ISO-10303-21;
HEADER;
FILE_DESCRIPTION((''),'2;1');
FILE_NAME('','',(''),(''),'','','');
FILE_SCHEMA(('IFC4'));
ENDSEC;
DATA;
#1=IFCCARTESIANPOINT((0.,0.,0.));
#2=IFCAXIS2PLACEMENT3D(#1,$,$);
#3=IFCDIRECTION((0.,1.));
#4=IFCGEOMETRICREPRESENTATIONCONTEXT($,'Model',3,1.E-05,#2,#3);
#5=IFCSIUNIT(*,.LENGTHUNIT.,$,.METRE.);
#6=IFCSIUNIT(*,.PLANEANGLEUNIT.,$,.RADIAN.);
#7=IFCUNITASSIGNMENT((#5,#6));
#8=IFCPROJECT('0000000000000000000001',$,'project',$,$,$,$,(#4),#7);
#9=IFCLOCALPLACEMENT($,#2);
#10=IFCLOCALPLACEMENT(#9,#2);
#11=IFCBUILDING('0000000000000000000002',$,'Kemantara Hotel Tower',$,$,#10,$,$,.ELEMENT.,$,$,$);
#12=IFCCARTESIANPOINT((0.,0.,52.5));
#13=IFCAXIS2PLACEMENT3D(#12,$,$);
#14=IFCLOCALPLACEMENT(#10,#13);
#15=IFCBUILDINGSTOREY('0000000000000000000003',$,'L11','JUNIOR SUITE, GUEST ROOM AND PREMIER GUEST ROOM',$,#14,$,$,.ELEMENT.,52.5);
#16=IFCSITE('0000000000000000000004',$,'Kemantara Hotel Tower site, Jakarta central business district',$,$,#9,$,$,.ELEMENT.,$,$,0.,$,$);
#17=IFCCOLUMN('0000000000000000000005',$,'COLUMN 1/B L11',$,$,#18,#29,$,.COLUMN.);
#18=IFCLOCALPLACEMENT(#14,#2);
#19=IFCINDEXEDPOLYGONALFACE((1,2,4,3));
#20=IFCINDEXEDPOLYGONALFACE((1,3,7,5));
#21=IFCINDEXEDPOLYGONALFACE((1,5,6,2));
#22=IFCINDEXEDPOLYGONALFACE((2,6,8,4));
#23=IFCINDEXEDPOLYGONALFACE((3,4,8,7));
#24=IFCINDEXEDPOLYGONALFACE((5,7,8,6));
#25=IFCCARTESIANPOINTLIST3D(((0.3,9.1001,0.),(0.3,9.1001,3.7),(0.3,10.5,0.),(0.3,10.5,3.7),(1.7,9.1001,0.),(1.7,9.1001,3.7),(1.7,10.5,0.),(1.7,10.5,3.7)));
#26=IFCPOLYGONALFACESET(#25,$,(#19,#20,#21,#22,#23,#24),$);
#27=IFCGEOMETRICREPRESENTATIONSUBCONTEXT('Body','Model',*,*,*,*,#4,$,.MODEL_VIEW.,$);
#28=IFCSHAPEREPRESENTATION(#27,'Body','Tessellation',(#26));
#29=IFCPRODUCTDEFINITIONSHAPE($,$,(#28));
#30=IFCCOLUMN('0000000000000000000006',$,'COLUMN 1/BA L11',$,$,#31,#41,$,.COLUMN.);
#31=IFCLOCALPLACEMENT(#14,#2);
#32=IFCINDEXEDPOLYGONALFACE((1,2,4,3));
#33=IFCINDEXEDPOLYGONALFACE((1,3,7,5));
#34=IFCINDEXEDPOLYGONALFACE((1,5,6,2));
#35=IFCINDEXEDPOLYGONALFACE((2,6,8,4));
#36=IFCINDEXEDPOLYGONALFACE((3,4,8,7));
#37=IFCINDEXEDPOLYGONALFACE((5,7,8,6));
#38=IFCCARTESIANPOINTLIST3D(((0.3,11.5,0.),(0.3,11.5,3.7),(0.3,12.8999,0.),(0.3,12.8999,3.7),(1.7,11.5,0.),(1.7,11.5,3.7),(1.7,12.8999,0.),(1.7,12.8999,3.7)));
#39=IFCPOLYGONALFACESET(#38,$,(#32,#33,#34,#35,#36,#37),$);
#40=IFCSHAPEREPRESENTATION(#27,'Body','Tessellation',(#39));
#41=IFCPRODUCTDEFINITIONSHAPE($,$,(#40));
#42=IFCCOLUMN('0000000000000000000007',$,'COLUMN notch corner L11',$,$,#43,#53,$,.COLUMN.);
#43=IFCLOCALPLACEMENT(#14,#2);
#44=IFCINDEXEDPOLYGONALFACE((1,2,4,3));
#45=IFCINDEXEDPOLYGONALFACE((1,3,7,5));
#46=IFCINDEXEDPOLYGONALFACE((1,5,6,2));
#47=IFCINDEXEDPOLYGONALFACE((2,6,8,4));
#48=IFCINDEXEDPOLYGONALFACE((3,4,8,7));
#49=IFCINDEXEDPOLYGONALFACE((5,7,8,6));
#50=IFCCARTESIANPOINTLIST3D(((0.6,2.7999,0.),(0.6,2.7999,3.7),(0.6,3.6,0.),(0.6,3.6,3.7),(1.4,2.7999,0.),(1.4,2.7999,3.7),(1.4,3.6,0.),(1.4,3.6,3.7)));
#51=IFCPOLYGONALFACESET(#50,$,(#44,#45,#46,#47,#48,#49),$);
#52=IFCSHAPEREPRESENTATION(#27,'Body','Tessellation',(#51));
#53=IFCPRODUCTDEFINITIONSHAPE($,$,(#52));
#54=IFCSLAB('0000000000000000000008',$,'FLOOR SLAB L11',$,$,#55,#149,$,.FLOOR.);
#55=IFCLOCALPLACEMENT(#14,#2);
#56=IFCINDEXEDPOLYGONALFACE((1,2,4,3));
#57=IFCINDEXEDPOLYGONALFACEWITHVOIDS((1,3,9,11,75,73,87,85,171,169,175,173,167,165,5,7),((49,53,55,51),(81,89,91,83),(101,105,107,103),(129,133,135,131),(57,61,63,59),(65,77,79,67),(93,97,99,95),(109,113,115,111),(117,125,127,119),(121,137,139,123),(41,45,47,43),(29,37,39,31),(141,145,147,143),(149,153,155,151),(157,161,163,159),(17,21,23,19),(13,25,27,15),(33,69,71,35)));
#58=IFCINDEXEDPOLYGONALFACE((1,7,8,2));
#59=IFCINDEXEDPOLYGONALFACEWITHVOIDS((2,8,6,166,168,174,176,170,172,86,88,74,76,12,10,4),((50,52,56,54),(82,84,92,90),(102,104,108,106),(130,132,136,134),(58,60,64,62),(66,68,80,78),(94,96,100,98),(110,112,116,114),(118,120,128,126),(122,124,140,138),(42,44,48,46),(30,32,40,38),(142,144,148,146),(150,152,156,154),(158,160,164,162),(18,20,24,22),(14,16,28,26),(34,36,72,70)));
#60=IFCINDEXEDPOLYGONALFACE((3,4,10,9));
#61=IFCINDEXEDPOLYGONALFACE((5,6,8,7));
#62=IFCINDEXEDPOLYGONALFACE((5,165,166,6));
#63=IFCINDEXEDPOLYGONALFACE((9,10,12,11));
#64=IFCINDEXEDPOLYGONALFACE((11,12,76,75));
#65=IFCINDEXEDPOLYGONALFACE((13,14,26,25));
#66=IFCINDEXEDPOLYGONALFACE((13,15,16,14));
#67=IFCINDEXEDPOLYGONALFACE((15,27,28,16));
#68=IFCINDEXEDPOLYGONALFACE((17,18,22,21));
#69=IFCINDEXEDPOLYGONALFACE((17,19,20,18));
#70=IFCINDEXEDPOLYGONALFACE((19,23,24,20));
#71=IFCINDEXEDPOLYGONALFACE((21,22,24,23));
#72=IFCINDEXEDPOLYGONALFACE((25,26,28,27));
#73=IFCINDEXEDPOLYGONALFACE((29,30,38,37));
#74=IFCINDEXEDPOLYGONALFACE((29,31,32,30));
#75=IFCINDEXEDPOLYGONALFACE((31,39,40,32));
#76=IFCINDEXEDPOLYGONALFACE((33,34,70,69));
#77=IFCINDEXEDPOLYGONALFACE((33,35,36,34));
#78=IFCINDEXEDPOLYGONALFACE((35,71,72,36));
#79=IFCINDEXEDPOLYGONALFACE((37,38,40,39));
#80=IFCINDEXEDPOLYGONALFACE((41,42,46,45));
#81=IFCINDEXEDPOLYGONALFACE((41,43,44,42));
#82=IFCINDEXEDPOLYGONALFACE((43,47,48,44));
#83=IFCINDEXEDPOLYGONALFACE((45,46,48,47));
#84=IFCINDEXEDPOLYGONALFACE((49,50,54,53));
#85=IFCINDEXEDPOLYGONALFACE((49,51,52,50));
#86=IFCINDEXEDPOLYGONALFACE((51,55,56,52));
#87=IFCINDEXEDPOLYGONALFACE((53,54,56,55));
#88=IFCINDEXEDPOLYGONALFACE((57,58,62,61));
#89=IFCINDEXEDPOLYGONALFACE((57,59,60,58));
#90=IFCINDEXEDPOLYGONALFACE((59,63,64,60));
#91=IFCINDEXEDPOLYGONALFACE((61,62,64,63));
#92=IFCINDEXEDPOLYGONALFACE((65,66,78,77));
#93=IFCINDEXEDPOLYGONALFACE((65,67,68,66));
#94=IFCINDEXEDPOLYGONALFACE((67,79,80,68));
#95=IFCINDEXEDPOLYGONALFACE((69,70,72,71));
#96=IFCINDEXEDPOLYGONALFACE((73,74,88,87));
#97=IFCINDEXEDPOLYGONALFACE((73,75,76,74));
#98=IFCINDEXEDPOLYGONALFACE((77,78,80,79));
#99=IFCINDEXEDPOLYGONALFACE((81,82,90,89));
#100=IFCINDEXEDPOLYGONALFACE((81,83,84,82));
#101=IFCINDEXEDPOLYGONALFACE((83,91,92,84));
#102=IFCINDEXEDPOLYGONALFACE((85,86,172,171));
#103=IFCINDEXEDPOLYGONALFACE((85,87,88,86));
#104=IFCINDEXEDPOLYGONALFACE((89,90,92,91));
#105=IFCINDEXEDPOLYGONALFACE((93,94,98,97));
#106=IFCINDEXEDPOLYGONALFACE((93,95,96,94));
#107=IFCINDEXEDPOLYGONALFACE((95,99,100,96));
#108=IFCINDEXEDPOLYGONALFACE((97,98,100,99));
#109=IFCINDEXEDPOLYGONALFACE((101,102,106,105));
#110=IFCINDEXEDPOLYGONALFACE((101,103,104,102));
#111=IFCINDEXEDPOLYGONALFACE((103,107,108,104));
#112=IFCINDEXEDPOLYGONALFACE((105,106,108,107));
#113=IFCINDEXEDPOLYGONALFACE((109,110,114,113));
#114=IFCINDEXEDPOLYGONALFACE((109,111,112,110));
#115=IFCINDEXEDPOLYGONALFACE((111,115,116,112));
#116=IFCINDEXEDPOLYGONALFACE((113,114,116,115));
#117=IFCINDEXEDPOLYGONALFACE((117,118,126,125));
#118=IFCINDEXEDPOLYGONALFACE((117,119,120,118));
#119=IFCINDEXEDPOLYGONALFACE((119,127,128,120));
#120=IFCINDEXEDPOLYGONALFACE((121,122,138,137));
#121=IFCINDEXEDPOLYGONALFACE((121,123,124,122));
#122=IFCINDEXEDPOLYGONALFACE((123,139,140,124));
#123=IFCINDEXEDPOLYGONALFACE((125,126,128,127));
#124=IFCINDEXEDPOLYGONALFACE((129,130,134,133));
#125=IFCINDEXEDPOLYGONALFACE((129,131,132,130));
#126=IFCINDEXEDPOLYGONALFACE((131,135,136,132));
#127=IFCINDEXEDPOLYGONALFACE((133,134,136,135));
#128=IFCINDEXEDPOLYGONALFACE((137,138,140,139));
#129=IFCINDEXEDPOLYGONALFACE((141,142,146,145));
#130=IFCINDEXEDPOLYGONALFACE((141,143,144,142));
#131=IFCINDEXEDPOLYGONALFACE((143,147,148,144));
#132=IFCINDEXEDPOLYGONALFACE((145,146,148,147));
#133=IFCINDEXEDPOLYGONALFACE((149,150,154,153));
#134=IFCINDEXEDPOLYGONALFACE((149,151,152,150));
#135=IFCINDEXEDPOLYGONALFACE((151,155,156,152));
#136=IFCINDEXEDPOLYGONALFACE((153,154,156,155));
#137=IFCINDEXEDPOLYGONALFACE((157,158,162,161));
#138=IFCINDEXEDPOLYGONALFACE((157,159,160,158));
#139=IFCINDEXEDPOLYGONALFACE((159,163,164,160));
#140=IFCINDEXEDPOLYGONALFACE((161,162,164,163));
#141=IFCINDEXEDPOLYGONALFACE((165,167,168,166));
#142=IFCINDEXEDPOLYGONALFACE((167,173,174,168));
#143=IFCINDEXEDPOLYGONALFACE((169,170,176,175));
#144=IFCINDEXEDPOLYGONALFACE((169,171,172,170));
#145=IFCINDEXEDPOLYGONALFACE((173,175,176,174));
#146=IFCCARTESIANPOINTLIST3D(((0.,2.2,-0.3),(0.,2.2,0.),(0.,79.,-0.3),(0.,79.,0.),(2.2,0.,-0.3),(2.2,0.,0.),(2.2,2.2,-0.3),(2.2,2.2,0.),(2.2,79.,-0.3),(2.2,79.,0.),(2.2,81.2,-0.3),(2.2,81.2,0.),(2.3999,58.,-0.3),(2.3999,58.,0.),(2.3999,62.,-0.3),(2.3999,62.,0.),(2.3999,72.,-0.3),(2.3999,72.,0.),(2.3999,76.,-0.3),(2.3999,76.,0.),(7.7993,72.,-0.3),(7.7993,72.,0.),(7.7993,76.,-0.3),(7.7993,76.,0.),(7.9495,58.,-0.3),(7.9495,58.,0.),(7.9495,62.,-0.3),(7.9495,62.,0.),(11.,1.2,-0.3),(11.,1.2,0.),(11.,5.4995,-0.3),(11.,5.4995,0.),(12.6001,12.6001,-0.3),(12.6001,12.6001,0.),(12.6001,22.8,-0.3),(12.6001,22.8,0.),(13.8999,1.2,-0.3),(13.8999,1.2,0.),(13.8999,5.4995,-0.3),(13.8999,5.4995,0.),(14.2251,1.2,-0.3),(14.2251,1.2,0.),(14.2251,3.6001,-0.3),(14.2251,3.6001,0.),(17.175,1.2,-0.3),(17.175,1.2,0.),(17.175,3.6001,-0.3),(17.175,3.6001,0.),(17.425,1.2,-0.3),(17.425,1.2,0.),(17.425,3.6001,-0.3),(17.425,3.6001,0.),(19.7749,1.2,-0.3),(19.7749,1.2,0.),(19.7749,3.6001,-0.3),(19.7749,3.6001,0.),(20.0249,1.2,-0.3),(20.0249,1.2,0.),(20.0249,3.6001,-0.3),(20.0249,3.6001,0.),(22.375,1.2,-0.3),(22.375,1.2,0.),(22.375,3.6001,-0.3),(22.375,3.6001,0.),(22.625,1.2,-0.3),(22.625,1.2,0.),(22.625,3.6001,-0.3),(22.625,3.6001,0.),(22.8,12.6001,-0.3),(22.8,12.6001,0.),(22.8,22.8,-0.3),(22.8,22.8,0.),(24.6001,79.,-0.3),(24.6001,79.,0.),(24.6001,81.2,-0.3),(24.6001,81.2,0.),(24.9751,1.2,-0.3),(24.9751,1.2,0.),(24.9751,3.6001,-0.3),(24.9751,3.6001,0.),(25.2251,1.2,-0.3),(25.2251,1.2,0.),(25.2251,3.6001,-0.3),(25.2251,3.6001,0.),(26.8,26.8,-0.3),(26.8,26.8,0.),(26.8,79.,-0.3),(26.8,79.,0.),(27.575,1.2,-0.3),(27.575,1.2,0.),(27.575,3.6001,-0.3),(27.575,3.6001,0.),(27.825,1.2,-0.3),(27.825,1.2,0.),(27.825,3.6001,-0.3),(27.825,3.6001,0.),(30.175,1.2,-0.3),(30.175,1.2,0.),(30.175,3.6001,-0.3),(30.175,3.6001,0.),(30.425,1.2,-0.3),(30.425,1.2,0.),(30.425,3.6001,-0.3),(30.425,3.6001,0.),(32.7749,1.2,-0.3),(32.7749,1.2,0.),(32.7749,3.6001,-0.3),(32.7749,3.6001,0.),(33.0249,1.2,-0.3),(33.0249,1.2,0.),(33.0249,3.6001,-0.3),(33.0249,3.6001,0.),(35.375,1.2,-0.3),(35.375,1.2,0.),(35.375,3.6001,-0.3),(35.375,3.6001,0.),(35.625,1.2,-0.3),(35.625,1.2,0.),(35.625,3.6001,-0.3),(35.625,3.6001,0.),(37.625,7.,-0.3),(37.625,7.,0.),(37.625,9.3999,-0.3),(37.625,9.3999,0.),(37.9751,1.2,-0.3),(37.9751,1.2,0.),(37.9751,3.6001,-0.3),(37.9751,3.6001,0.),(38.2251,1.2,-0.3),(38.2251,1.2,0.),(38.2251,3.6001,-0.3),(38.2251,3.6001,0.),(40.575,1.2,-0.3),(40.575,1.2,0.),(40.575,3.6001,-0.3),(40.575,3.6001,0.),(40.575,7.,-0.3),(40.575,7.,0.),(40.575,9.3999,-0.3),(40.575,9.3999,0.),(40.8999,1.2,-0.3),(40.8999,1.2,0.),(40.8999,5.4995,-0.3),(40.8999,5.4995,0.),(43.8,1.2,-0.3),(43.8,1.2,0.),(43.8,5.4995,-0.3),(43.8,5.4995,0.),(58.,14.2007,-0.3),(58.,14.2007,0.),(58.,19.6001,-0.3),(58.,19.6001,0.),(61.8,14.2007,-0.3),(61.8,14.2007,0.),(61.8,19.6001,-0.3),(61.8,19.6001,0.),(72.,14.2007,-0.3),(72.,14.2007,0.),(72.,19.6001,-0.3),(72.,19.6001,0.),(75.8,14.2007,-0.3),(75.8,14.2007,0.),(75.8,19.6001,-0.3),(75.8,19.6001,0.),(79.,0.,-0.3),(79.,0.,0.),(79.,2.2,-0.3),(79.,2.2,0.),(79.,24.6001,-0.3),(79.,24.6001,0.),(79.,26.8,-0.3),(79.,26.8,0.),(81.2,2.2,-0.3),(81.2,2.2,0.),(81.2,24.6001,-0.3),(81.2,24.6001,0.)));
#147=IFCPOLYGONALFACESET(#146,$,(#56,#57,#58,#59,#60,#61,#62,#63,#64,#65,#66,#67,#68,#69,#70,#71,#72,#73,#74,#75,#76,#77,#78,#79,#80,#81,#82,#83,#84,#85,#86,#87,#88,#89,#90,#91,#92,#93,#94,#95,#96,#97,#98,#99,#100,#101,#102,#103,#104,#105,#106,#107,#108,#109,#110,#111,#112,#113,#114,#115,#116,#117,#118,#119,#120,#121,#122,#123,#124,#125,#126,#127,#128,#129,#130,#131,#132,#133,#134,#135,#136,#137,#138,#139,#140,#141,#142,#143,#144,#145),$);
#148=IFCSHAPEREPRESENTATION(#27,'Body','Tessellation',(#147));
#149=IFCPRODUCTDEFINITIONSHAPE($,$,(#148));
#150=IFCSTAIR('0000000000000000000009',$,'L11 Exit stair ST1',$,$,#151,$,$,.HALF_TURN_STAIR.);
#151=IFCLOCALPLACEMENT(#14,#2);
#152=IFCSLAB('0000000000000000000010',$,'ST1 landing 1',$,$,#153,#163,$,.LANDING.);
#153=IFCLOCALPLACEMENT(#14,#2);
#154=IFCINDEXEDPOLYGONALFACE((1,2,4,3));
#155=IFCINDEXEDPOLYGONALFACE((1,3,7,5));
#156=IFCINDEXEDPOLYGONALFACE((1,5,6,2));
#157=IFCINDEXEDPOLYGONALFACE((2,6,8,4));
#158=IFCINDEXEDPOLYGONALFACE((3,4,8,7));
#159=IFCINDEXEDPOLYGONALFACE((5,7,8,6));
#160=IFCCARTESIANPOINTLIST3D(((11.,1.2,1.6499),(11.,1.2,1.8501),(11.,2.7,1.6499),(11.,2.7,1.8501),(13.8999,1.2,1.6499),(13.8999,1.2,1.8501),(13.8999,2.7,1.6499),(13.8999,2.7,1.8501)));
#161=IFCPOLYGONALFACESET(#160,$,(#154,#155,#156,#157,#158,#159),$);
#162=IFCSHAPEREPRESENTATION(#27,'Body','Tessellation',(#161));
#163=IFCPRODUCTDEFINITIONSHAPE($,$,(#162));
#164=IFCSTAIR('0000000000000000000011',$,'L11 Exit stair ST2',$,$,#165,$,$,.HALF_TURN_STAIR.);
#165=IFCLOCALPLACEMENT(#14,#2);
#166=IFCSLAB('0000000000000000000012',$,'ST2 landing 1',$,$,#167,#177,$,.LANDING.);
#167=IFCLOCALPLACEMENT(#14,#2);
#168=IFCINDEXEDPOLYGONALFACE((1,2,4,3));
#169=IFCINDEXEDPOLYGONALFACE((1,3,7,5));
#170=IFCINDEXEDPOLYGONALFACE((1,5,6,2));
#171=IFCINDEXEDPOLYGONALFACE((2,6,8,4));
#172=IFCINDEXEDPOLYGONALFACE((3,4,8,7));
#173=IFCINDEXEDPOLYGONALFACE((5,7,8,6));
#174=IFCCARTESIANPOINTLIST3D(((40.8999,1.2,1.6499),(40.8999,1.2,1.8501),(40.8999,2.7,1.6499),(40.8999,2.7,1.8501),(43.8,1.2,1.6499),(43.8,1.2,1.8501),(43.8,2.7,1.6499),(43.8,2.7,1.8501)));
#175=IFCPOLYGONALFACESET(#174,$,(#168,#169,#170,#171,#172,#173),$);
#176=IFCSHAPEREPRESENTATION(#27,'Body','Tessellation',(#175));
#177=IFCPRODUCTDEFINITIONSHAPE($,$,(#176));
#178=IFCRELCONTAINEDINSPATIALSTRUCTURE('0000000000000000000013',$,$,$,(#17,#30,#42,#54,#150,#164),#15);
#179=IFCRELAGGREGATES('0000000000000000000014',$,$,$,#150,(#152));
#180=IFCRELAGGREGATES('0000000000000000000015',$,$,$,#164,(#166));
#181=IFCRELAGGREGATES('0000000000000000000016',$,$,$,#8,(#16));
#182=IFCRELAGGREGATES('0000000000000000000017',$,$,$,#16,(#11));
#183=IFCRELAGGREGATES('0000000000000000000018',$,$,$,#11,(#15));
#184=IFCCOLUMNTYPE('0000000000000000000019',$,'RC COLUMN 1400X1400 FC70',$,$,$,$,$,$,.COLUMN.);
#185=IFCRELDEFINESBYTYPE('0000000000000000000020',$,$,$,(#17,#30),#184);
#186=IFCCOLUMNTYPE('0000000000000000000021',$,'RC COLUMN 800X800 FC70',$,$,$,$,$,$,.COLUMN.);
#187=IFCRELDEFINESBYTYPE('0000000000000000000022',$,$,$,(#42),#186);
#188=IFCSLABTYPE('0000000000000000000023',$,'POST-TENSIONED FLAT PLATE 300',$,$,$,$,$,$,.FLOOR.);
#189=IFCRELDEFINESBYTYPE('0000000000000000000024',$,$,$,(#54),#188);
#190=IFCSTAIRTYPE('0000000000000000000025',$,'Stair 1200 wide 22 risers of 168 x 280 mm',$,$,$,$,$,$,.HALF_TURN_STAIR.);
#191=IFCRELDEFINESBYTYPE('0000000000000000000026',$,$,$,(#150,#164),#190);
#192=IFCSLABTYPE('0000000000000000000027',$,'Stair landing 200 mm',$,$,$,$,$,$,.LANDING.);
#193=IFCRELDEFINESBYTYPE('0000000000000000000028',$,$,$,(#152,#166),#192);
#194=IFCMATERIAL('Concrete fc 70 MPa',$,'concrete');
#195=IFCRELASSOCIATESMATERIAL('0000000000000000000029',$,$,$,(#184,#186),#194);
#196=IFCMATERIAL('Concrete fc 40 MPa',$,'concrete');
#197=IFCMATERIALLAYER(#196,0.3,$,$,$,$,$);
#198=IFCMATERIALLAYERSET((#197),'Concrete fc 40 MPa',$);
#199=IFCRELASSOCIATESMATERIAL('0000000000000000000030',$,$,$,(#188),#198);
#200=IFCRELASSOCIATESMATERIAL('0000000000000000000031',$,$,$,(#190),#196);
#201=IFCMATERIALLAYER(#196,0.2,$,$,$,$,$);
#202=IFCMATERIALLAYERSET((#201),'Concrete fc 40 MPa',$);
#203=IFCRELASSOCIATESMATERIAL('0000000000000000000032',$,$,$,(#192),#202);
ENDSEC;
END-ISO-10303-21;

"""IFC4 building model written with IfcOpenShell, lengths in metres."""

from ifc_helpers import new_model, si_unit, direction, frame, origin, origin_2d, place, context, subcontext, project, spatial, polyline, rectangle, outline, extrude, material, layer, layer_set, material_profile, profile_set, type_object, element, aggregate, save


model = new_model("IFC4")

# Units and contexts
model_context = context("Model", 3, precision=1e-05, world=origin(), true_north=direction((0.0, 1.0)))
body_context = subcontext(model_context, "Body", "Model", "MODEL_VIEW")
ifc_project = project(units=[si_unit("LENGTHUNIT", "METRE"), si_unit("PLANEANGLEUNIT", "RADIAN")], contexts=[model_context])

# Site, building, storey
site_placement = place(None, origin())
site = spatial("IfcSite", under=ifc_project, at=site_placement, Name="Kemantara Hotel Tower site, Jakarta central business district", CompositionType="ELEMENT", RefElevation=0.0)
building_placement = place(site_placement, origin())
building = spatial("IfcBuilding", under=site, at=building_placement, Name="Kemantara Hotel Tower", CompositionType="ELEMENT")
storey_placement = place(building_placement, frame((0.0, 0.0, 52.5)))
storey = spatial("IfcBuildingStorey", under=building, at=storey_placement, Name="L11", Description="JUNIOR SUITE, GUEST ROOM AND PREMIER GUEST ROOM", CompositionType="ELEMENT", Elevation=52.5)

# Columns
ifc_material_1 = material(Name="Concrete fc 70 MPa", Category="concrete")
ifc_material_profile_1 = material_profile(ifc_material_1, rectangle(XDim=1.3999, YDim=1.3999, at=origin_2d()), Name="RC 1400X1400")
ifc_profile_set_1 = profile_set([ifc_material_profile_1], Name="Concrete fc 70 MPa")
column_type_1 = type_object("IfcColumnType", Name="RC COLUMN 1400X1400 FC70", PredefinedType="COLUMN", material=ifc_profile_set_1)
for number, where, z_axis, x_axis, name in (
    (1, (1.0, 9.8, 0.0), (0.0, 0.0, 1.0), (1.0, 0.0, 0.0), "COLUMN 1/B L11"),
    (2, (1.0, 12.2, 0.0), (0.0, 0.0, 1.0), (1.0, 0.0, 0.0), "COLUMN 1/BA L11"),
):
    element("IfcColumn", number, at=place(storey_placement, frame(where, z_axis=z_axis, x_axis=x_axis)), inside=storey, type_object=column_type_1, Name=name, PredefinedType="COLUMN", context=body_context, shape_type="SweptSolid", body=[
        extrude(rectangle(XDim=1.3999, YDim=1.3999, at=origin_2d()), origin(), (0.0, 0.0, 1.0), 3.7),
    ])
ifc_material_profile_2 = material_profile(ifc_material_1, rectangle(XDim=0.8, YDim=0.8, at=origin_2d()), Name="RC 800X800")
ifc_profile_set_2 = profile_set([ifc_material_profile_2], Name="Concrete fc 70 MPa")
column_type_2 = type_object("IfcColumnType", Name="RC COLUMN 800X800 FC70", PredefinedType="COLUMN", material=ifc_profile_set_2)
column_placement = place(storey_placement, frame((1.0, 3.2, 0.0), z_axis=(0.0, 0.0, 1.0), x_axis=(1.0, 0.0, 0.0)))
element("IfcColumn", 3, at=column_placement, inside=storey, type_object=column_type_2, Name="COLUMN notch corner L11", PredefinedType="COLUMN", context=body_context, shape_type="SweptSolid", body=[
    extrude(rectangle(XDim=0.8, YDim=0.8, at=origin_2d()), origin(), (0.0, 0.0, 1.0), 3.7),
])

# Slab
ifc_material_2 = material(Name="Concrete fc 40 MPa", Category="concrete")
ifc_layer_1 = layer(ifc_material_2, 0.3)
ifc_layer_set_1 = layer_set([ifc_layer_1], Name="Concrete fc 40 MPa")
slab_type_1 = type_object("IfcSlabType", Name="POST-TENSIONED FLAT PLATE 300", PredefinedType="FLOOR", material=ifc_layer_set_1)
slab_1_placement = place(storey_placement, frame((0.0, 0.0, -0.3)))
element("IfcSlab", 4, at=slab_1_placement, inside=storey, type_object=slab_type_1, Name="FLOOR SLAB L11", PredefinedType="FLOOR", context=body_context, shape_type="SweptSolid", body=[
    extrude(outline(polyline([(0.0, 2.2), (2.2, 2.2), (2.2, 0.0), (79.0, 0.0), (79.0, 2.2), (81.2, 2.2), (81.2, 24.6001), (79.0, 24.6001), (79.0, 26.8), (26.8, 26.8), (26.8, 79.0), (24.6001, 79.0), (24.6001, 81.2), (2.2, 81.2), (2.2, 79.0), (0.0, 79.0), (0.0, 2.2)]), holes=[polyline([(17.175, 1.2), (14.2251, 1.2), (14.2251, 3.6001), (17.175, 3.6001), (17.175, 1.2)]), polyline([(19.7749, 1.2), (17.425, 1.2), (17.425, 3.6001), (19.7749, 3.6001), (19.7749, 1.2)]), polyline([(22.375, 1.2), (20.0249, 1.2), (20.0249, 3.6001), (22.375, 3.6001), (22.375, 1.2)]), polyline([(24.9751, 1.2), (22.625, 1.2), (22.625, 3.6001), (24.9751, 3.6001), (24.9751, 1.2)]), polyline([(27.575, 1.2), (25.2251, 1.2), (25.2251, 3.6001), (27.575, 3.6001), (27.575, 1.2)]), polyline([(11.0, 1.2), (11.0, 5.4995), (13.8999, 5.4995), (13.8999, 1.2), (11.0, 1.2)]), polyline([(22.8, 12.6001), (12.6001, 12.6001), (12.6001, 22.8), (22.8, 22.8), (22.8, 12.6001)]), polyline([(7.9495, 62.0), (7.9495, 58.0), (2.3999, 58.0), (2.3999, 62.0), (7.9495, 62.0)]), polyline([(7.7993, 76.0), (7.7993, 72.0), (2.3999, 72.0), (2.3999, 76.0), (7.7993, 76.0)]), polyline([(30.175, 1.2), (27.825, 1.2), (27.825, 3.6001), (30.175, 3.6001), (30.175, 1.2)]), polyline([(32.7749, 1.2), (30.425, 1.2), (30.425, 3.6001), (32.7749, 3.6001), (32.7749, 1.2)]), polyline([(35.375, 1.2), (33.0249, 1.2), (33.0249, 3.6001), (35.375, 3.6001), (35.375, 1.2)]), polyline([(37.9751, 1.2), (35.625, 1.2), (35.625, 3.6001), (37.9751, 3.6001), (37.9751, 1.2)]), polyline([(40.575, 1.2), (38.2251, 1.2), (38.2251, 3.6001), (40.575, 3.6001), (40.575, 1.2)]), polyline([(40.8999, 1.2), (40.8999, 5.4995), (43.8, 5.4995), (43.8, 1.2), (40.8999, 1.2)]), polyline([(40.575, 7.0), (37.625, 7.0), (37.625, 9.3999), (40.575, 9.3999), (40.575, 7.0)]), polyline([(61.8, 14.2007), (58.0, 14.2007), (58.0, 19.6001), (61.8, 19.6001), (61.8, 14.2007)]), polyline([(75.8, 14.2007), (72.0, 14.2007), (72.0, 19.6001), (75.8, 19.6001), (75.8, 14.2007)])]), origin(), (0.0, 0.0, 1.0), 0.3),
])

# Stairs, slabs
stair_type_1 = type_object("IfcStairType", Name="Stair 1200 wide 22 risers of 168 x 280 mm", PredefinedType="HALF_TURN_STAIR", material=ifc_material_2)
stair_1_placement = place(storey_placement, origin())
stair_1 = element("IfcStair", 5, at=stair_1_placement, inside=storey, type_object=stair_type_1, Name="L11 Exit stair ST1", PredefinedType="HALF_TURN_STAIR")
ifc_layer_2 = layer(ifc_material_2, 0.2)
ifc_layer_set_2 = layer_set([ifc_layer_2], Name="Concrete fc 40 MPa")
slab_type_2 = type_object("IfcSlabType", Name="Stair landing 200 mm", PredefinedType="LANDING", material=ifc_layer_set_2)
slab_2_placement = place(storey_placement, frame((0.0, 0.0, 1.6499)))
slab_2 = element("IfcSlab", 6, at=slab_2_placement, type_object=slab_type_2, Name="ST1 landing 1", PredefinedType="LANDING", context=body_context, shape_type="SweptSolid", body=[
    extrude(outline(polyline([(11.0, 2.7), (11.0, 1.2), (13.8999, 1.2), (13.8999, 2.7), (11.0, 2.7)])), origin(), (0.0, 0.0, 1.0), 0.2002),
])
aggregate(stair_1, [slab_2])
stair_2_placement = place(storey_placement, origin())
stair_2 = element("IfcStair", 7, at=stair_2_placement, inside=storey, type_object=stair_type_1, Name="L11 Exit stair ST2", PredefinedType="HALF_TURN_STAIR")
slab_3_placement = place(storey_placement, frame((0.0, 0.0, 1.6499)))
slab_3 = element("IfcSlab", 8, at=slab_3_placement, type_object=slab_type_2, Name="ST2 landing 1", PredefinedType="LANDING", context=body_context, shape_type="SweptSolid", body=[
    extrude(outline(polyline([(40.8999, 2.7), (40.8999, 1.2), (43.8, 1.2), (43.8, 2.7), (40.8999, 2.7)])), origin(), (0.0, 0.0, 1.0), 0.2002),
])
aggregate(stair_2, [slab_3])

save(model, "model.ifc")
